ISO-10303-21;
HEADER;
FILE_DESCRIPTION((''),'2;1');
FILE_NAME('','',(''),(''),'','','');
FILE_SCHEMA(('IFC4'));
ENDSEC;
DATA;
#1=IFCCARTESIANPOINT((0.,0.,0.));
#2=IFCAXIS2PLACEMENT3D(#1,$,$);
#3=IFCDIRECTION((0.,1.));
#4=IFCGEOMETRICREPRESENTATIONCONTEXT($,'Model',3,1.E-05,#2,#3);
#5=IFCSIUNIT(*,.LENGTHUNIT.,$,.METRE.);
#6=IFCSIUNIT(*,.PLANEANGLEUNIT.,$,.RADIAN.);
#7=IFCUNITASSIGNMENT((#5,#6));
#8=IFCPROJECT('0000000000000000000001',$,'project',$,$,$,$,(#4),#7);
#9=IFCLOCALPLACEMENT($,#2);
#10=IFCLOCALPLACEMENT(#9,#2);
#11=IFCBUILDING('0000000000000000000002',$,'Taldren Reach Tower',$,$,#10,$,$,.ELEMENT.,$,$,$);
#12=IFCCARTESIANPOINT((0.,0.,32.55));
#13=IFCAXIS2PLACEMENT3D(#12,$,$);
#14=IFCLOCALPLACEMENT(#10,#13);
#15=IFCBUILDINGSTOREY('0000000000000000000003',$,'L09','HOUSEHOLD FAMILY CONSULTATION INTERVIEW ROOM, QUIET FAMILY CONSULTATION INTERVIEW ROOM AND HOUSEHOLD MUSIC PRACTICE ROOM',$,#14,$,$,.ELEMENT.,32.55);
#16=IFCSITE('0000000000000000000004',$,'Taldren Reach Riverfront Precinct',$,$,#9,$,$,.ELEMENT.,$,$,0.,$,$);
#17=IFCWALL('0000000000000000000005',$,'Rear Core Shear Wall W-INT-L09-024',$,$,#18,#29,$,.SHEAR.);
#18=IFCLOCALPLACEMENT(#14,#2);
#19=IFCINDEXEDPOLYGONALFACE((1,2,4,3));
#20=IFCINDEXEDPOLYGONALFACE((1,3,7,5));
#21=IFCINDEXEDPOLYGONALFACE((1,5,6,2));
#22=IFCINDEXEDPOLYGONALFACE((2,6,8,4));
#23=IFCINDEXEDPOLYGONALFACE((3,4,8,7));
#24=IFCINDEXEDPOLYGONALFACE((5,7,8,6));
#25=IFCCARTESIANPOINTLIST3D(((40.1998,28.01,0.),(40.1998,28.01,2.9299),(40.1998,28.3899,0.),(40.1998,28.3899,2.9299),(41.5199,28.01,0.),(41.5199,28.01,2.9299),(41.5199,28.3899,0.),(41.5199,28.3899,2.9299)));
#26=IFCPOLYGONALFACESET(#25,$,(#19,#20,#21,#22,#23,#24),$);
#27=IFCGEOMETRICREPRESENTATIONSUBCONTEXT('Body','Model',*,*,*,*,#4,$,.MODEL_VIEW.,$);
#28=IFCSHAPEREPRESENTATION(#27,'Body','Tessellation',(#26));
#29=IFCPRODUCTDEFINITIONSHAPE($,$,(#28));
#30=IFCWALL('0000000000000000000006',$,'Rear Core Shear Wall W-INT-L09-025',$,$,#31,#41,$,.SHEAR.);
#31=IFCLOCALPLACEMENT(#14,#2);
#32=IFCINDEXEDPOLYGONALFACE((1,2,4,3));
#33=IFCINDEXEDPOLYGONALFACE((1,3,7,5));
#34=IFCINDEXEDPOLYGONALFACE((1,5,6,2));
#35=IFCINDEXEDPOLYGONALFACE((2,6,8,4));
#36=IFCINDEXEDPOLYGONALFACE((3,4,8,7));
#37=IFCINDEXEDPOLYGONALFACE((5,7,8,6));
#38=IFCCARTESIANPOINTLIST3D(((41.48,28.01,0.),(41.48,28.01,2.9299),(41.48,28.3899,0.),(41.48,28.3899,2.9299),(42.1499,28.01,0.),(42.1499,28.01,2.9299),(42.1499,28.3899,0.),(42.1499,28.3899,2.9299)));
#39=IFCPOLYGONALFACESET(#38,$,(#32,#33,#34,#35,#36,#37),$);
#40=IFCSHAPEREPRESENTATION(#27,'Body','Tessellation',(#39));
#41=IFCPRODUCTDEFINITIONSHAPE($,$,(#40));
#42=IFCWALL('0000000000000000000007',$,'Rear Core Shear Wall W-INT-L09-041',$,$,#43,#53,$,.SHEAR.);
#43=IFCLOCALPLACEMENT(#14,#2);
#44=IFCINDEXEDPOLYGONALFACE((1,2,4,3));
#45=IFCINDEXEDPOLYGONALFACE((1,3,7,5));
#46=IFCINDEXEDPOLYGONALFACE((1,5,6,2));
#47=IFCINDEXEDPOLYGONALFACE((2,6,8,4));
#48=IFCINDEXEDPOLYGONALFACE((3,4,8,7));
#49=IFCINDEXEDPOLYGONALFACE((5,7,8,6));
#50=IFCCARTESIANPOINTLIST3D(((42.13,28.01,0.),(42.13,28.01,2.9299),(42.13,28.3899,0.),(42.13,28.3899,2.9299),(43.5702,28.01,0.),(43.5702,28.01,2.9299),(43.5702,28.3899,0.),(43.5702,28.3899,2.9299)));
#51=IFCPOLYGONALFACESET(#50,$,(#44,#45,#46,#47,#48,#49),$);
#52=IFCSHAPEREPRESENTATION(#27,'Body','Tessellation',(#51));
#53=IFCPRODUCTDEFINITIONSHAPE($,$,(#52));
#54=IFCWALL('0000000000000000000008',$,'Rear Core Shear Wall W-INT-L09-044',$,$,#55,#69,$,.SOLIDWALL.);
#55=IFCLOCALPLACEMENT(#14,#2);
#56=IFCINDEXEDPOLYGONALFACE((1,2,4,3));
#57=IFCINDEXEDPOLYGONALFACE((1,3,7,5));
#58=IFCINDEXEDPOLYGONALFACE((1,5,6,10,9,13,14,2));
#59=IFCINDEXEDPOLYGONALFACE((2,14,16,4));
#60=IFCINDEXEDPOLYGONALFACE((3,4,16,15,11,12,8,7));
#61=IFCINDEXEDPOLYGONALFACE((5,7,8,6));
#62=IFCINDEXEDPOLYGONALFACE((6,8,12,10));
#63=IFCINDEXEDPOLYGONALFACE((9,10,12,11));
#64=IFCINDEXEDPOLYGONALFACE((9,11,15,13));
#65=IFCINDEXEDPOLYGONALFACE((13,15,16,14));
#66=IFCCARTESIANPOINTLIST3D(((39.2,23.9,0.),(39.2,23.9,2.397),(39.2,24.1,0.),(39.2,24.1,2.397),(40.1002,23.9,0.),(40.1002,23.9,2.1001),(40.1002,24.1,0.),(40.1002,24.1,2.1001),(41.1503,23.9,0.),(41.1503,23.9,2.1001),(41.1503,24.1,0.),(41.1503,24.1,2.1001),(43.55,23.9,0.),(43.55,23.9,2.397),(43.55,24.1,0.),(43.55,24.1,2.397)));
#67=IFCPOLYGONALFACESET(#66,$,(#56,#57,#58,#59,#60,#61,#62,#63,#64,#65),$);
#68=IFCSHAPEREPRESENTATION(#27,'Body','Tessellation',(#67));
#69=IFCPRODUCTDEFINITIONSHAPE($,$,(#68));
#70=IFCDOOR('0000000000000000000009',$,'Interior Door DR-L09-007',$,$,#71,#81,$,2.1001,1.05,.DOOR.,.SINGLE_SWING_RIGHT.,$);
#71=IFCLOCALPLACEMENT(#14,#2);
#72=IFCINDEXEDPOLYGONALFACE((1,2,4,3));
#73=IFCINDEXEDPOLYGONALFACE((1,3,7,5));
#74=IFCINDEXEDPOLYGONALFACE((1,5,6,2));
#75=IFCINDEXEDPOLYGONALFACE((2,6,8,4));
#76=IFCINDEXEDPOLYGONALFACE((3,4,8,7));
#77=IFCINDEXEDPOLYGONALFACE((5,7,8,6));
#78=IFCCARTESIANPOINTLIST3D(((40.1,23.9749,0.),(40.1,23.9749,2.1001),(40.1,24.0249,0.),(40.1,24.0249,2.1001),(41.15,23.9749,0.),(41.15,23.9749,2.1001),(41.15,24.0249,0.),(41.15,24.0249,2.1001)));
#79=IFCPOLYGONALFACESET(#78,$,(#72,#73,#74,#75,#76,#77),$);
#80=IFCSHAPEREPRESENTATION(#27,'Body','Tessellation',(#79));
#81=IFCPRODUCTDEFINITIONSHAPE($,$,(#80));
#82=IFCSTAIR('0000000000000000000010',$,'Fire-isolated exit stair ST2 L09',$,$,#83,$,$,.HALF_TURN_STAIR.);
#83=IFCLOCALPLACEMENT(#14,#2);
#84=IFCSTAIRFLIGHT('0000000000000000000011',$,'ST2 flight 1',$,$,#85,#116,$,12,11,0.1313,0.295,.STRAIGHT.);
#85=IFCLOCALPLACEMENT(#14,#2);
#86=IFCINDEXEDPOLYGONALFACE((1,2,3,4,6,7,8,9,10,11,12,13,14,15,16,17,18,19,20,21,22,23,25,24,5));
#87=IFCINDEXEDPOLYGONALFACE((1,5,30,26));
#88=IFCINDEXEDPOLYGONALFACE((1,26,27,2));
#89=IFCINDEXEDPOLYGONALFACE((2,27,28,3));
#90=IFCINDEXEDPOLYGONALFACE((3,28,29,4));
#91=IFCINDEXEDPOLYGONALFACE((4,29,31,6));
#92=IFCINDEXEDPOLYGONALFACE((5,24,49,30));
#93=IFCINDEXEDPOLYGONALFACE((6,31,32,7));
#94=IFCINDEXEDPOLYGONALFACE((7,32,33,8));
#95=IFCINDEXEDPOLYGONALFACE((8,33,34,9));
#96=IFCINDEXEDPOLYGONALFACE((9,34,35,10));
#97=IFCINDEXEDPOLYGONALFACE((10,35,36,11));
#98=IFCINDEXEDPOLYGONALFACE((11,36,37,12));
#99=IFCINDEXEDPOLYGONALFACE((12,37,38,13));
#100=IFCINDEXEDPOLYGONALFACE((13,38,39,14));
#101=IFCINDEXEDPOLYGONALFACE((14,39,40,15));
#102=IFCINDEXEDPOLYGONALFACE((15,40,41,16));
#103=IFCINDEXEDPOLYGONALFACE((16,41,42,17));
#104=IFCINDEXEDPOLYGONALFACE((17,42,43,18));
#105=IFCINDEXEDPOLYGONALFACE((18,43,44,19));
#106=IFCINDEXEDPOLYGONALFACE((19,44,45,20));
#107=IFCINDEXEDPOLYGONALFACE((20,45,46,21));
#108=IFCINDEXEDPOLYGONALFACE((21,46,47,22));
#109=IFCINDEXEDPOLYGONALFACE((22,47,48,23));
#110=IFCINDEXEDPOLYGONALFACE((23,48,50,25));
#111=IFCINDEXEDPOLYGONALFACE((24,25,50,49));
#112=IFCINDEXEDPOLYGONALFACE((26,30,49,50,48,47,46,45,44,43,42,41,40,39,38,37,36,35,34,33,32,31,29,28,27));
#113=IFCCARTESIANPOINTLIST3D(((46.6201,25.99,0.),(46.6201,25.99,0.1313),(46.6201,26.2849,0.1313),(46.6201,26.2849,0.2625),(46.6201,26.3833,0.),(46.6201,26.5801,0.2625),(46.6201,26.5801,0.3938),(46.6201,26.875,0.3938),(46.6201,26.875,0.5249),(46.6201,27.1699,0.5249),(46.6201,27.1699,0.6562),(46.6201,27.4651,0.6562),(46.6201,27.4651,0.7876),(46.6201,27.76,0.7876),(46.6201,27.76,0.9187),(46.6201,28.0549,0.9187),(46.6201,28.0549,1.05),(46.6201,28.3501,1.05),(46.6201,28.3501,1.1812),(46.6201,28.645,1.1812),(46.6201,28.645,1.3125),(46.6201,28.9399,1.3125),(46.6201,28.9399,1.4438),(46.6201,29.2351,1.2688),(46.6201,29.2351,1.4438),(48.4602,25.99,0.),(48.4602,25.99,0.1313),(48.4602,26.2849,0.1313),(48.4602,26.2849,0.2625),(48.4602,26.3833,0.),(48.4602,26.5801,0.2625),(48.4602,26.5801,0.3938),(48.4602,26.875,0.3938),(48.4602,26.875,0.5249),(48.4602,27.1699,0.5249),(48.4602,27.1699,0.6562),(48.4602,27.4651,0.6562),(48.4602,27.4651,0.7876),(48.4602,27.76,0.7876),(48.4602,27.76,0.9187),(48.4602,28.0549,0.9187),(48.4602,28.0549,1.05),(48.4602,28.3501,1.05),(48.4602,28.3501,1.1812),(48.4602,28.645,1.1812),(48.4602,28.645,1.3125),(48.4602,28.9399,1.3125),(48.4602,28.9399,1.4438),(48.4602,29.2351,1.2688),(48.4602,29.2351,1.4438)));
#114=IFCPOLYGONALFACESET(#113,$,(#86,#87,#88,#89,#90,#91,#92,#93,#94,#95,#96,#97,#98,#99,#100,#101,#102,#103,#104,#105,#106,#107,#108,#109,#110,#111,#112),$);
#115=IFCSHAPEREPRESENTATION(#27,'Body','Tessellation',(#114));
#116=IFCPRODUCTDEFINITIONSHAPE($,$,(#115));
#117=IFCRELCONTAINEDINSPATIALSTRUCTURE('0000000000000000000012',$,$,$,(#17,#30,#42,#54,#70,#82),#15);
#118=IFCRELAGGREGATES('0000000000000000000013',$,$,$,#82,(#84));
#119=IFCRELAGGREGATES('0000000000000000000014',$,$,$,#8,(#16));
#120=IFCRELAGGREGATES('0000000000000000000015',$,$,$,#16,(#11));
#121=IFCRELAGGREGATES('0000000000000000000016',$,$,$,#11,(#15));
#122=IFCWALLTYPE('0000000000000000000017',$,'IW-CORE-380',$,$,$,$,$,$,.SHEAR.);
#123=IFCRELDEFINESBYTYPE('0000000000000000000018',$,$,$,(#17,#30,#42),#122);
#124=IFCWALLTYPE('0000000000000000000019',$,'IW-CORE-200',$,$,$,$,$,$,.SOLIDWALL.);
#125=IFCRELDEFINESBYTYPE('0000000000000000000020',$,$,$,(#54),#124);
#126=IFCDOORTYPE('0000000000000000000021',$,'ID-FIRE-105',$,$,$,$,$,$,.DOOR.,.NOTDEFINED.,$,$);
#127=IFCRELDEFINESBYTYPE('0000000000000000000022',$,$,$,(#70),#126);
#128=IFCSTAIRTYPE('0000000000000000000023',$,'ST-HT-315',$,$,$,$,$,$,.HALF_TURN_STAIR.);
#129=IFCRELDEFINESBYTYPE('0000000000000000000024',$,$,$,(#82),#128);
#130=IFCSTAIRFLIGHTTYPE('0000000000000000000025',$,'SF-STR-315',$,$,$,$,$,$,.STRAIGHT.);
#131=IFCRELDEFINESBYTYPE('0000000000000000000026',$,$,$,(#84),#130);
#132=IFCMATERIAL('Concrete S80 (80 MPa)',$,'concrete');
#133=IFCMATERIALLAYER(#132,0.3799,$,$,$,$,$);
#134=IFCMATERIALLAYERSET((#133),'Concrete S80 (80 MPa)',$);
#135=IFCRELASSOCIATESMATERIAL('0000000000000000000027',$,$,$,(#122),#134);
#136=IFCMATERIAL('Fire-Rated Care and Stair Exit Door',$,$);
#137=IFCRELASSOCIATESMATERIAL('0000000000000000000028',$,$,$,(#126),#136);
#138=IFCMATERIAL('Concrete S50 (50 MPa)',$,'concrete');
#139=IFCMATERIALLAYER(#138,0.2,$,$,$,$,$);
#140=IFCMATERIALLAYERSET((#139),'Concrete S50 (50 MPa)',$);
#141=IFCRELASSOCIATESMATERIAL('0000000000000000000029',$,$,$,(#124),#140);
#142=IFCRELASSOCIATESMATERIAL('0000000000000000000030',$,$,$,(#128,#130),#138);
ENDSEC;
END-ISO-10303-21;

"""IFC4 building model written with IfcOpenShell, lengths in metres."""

from ifc_helpers import new_model, si_unit, direction, frame, frame_2d, origin, place, context, subcontext, project, spatial, polyline, rectangle, outline, extrude, source, transform, mapped, material, layer, layer_set, type_object, element, fill, aggregate, save


model = new_model("IFC4")

# Units and contexts
model_context = context("Model", 3, precision=1e-05, world=origin(), true_north=direction((0.0, 1.0)))
body_context = subcontext(model_context, "Body", "Model", "MODEL_VIEW")
ifc_project = project(units=[si_unit("LENGTHUNIT", "METRE"), si_unit("PLANEANGLEUNIT", "RADIAN")], contexts=[model_context])

# Site, building, storey
site_placement = place(None, origin())
site = spatial("IfcSite", under=ifc_project, at=site_placement, Name="Taldren Reach Riverfront Precinct", CompositionType="ELEMENT", RefElevation=0.0)
building_placement = place(site_placement, origin())
building = spatial("IfcBuilding", under=site, at=building_placement, Name="Taldren Reach Tower", CompositionType="ELEMENT")
storey_placement = place(building_placement, frame((0.0, 0.0, 32.55)))
storey = spatial("IfcBuildingStorey", under=building, at=storey_placement, Name="L09", Description="HOUSEHOLD FAMILY CONSULTATION INTERVIEW ROOM, QUIET FAMILY CONSULTATION INTERVIEW ROOM AND HOUSEHOLD MUSIC PRACTICE ROOM", CompositionType="ELEMENT", Elevation=32.55)

# Shared definitions
ifc_material_1 = material(Name="Concrete S80 (80 MPa)", Category="concrete")
ifc_layer_1 = layer(ifc_material_1, 0.3799)
ifc_layer_set_1 = layer_set([ifc_layer_1], Name="Concrete S80 (80 MPa)")
wall_type_1 = type_object("IfcWallType", Name="IW-CORE-380", PredefinedType="SHEAR", material=ifc_layer_set_1)

# Shared definitions
ifc_material_2 = material(Name="Fire-Rated Care and Stair Exit Door")
door_type_1 = type_object("IfcDoorType", Name="ID-FIRE-105", OperationType="NOTDEFINED", PredefinedType="DOOR", material=ifc_material_2)
shared_shape_1 = source(origin(), body_context, "Body", "SweptSolid", [
    extrude(rectangle(XDim=1.05, YDim=2.1001, at=frame_2d((0.5249, 1.05))), frame((0.0, 0.0249, 0.0), z_axis=(0.0, -1.0, 0.0), x_axis=(1.0, 0.0, 0.0)), (0.0, 0.0, 1.0), 0.05),
])

# Shared definitions
ifc_material_3 = material(Name="Concrete S50 (50 MPa)", Category="concrete")
ifc_layer_2 = layer(ifc_material_3, 0.2)
ifc_layer_set_2 = layer_set([ifc_layer_2], Name="Concrete S50 (50 MPa)")
wall_type_2 = type_object("IfcWallType", Name="IW-CORE-200", PredefinedType="SOLIDWALL", material=ifc_layer_set_2)

# Shared definitions
shared_shape_2 = source(origin(), body_context, "Body", "SweptSolid", [
    extrude(rectangle(XDim=1.05, YDim=2.1001, at=frame_2d((0.5249, 1.05))), frame((0.0, 0.1099, 0.0), z_axis=(0.0, -1.0, 0.0), x_axis=(1.0, 0.0, 0.0)), (0.0, 0.0, 1.0), 0.22),
])

# Walls
shared_shape_3 = source(origin(), body_context, "Body", "SweptSolid", [
    extrude(rectangle(XDim=1.3201, YDim=0.3799, at=frame_2d((0.6602, 0.0))), origin(), (0.0, 0.0, 1.0), 2.9299),
])
wall_1_placement = place(storey_placement, frame((41.52, 28.2, 0.0), z_axis=(0.0, 0.0, 1.0), x_axis=(-1.0, 0.0, 0.0)))
element("IfcWall", 1, at=wall_1_placement, inside=storey, type_object=wall_type_1, Name="Rear Core Shear Wall W-INT-L09-024", PredefinedType="SHEAR", context=body_context, shape_type="MappedRepresentation", body=[
    mapped(shared_shape_3, transform((0.0, 0.0, 0.0), scale=1.0)),
])
shared_shape_4 = source(origin(), body_context, "Body", "SweptSolid", [
    extrude(rectangle(XDim=0.6699, YDim=0.3799, at=frame_2d((0.335, 0.0))), origin(), (0.0, 0.0, 1.0), 2.9299),
])
wall_2_placement = place(storey_placement, frame((42.1499, 28.2, 0.0), z_axis=(0.0, 0.0, 1.0), x_axis=(-1.0, 0.0, 0.0)))
element("IfcWall", 2, at=wall_2_placement, inside=storey, type_object=wall_type_1, Name="Rear Core Shear Wall W-INT-L09-025", PredefinedType="SHEAR", context=body_context, shape_type="MappedRepresentation", body=[
    mapped(shared_shape_4, transform((0.0, 0.0, 0.0), scale=1.0)),
])
shared_shape_5 = source(origin(), body_context, "Body", "SweptSolid", [
    extrude(rectangle(XDim=1.4402, YDim=0.3799, at=frame_2d((0.7202, 0.0))), origin(), (0.0, 0.0, 1.0), 2.9299),
])
wall_3_placement = place(storey_placement, frame((42.1299, 28.2, 0.0), z_axis=(0.0, 0.0, 1.0), x_axis=(1.0, 0.0, 0.0)))
element("IfcWall", 3, at=wall_3_placement, inside=storey, type_object=wall_type_1, Name="Rear Core Shear Wall W-INT-L09-041", PredefinedType="SHEAR", context=body_context, shape_type="MappedRepresentation", body=[
    mapped(shared_shape_5, transform((0.0, 0.0, 0.0), scale=1.0)),
])

# Wall, opening, door
shared_shape_6 = source(origin(), body_context, "Body", "SweptSolid", [
    extrude(rectangle(XDim=4.3501, YDim=0.2, at=frame_2d((2.175, 0.0))), origin(), (0.0, 0.0, 1.0), 2.397),
])
wall_4_placement = place(storey_placement, frame((43.55, 24.0, 0.0), z_axis=(0.0, 0.0, 1.0), x_axis=(-1.0, 0.0, 0.0)))
wall_4 = element("IfcWall", 4, at=wall_4_placement, inside=storey, type_object=wall_type_2, Name="Rear Core Shear Wall W-INT-L09-044", PredefinedType="SOLIDWALL", context=body_context, shape_type="MappedRepresentation", body=[
    mapped(shared_shape_6, transform((0.0, 0.0, 0.0), scale=1.0)),
])
opening_1_placement = place(wall_4_placement, frame((2.3999, 0.0, 0.0)))
opening_1 = element("IfcOpeningElement", 5, at=opening_1_placement, cuts=wall_4, PredefinedType="OPENING", context=body_context, shape_type="MappedRepresentation", body=[
    mapped(shared_shape_2, transform((0.0, 0.0, 0.0), scale=1.0)),
])
door_1_placement = place(opening_1_placement, frame((1.05, 0.0, 0.0), z_axis=(0.0, 0.0, 1.0), x_axis=(-1.0, 0.0, 0.0)))
door_1 = element("IfcDoor", 6, at=door_1_placement, inside=storey, type_object=door_type_1, Name="Interior Door DR-L09-007", OperationType="SINGLE_SWING_RIGHT", OverallHeight=2.1001, OverallWidth=1.05, PredefinedType="DOOR", context=body_context, shape_type="MappedRepresentation", body=[
    mapped(shared_shape_1, transform((0.0, 0.0, 0.0), scale=1.0)),
])
fill(opening_1, door_1)

# Stair, stair flight
stair_type = type_object("IfcStairType", Name="ST-HT-315", PredefinedType="HALF_TURN_STAIR", material=ifc_material_3)
stair_placement = place(storey_placement, origin())
stair = element("IfcStair", 7, at=stair_placement, inside=storey, type_object=stair_type, Name="Fire-isolated exit stair ST2 L09", PredefinedType="HALF_TURN_STAIR")
stair_flight_type = type_object("IfcStairFlightType", Name="SF-STR-315", PredefinedType="STRAIGHT", material=ifc_material_3)
stair_flight_placement = place(storey_placement, frame((47.54, 25.99, 0.0), z_axis=(0.0, 0.0, 1.0), x_axis=(0.0, 1.0, 0.0)))
stair_flight = element("IfcStairFlight", 8, at=stair_flight_placement, type_object=stair_flight_type, Name="ST2 flight 1", NumberOfRisers=12, NumberOfTreads=11, PredefinedType="STRAIGHT", RiserHeight=0.1313, TreadLength=0.295, context=body_context, shape_type="SweptSolid", body=[
    extrude(outline(polyline([(0.0, 0.0), (0.0, 0.1313), (0.2949, 0.1313), (0.2949, 0.2625), (0.5901, 0.2625), (0.5901, 0.3938), (0.885, 0.3938), (0.885, 0.5249), (1.1799, 0.5249), (1.1799, 0.6562), (1.4751, 0.6562), (1.4751, 0.7876), (1.77, 0.7876), (1.77, 0.9187), (2.0649, 0.9187), (2.0649, 1.05), (2.3601, 1.05), (2.3601, 1.1812), (2.655, 1.1812), (2.655, 1.3125), (2.95, 1.3125), (2.95, 1.4438), (3.2451, 1.4438), (3.2451, 1.575), (3.2451, 1.2688), (0.3933, 0.0), (0.0, 0.0)])), frame((0.0, 0.9199, 0.0), z_axis=(0.0, -1.0, 0.0), x_axis=(1.0, 0.0, 0.0)), (0.0, 0.0, 1.0), 1.8401),
])
aggregate(stair, [stair_flight])

save(model, "model.ifc")
